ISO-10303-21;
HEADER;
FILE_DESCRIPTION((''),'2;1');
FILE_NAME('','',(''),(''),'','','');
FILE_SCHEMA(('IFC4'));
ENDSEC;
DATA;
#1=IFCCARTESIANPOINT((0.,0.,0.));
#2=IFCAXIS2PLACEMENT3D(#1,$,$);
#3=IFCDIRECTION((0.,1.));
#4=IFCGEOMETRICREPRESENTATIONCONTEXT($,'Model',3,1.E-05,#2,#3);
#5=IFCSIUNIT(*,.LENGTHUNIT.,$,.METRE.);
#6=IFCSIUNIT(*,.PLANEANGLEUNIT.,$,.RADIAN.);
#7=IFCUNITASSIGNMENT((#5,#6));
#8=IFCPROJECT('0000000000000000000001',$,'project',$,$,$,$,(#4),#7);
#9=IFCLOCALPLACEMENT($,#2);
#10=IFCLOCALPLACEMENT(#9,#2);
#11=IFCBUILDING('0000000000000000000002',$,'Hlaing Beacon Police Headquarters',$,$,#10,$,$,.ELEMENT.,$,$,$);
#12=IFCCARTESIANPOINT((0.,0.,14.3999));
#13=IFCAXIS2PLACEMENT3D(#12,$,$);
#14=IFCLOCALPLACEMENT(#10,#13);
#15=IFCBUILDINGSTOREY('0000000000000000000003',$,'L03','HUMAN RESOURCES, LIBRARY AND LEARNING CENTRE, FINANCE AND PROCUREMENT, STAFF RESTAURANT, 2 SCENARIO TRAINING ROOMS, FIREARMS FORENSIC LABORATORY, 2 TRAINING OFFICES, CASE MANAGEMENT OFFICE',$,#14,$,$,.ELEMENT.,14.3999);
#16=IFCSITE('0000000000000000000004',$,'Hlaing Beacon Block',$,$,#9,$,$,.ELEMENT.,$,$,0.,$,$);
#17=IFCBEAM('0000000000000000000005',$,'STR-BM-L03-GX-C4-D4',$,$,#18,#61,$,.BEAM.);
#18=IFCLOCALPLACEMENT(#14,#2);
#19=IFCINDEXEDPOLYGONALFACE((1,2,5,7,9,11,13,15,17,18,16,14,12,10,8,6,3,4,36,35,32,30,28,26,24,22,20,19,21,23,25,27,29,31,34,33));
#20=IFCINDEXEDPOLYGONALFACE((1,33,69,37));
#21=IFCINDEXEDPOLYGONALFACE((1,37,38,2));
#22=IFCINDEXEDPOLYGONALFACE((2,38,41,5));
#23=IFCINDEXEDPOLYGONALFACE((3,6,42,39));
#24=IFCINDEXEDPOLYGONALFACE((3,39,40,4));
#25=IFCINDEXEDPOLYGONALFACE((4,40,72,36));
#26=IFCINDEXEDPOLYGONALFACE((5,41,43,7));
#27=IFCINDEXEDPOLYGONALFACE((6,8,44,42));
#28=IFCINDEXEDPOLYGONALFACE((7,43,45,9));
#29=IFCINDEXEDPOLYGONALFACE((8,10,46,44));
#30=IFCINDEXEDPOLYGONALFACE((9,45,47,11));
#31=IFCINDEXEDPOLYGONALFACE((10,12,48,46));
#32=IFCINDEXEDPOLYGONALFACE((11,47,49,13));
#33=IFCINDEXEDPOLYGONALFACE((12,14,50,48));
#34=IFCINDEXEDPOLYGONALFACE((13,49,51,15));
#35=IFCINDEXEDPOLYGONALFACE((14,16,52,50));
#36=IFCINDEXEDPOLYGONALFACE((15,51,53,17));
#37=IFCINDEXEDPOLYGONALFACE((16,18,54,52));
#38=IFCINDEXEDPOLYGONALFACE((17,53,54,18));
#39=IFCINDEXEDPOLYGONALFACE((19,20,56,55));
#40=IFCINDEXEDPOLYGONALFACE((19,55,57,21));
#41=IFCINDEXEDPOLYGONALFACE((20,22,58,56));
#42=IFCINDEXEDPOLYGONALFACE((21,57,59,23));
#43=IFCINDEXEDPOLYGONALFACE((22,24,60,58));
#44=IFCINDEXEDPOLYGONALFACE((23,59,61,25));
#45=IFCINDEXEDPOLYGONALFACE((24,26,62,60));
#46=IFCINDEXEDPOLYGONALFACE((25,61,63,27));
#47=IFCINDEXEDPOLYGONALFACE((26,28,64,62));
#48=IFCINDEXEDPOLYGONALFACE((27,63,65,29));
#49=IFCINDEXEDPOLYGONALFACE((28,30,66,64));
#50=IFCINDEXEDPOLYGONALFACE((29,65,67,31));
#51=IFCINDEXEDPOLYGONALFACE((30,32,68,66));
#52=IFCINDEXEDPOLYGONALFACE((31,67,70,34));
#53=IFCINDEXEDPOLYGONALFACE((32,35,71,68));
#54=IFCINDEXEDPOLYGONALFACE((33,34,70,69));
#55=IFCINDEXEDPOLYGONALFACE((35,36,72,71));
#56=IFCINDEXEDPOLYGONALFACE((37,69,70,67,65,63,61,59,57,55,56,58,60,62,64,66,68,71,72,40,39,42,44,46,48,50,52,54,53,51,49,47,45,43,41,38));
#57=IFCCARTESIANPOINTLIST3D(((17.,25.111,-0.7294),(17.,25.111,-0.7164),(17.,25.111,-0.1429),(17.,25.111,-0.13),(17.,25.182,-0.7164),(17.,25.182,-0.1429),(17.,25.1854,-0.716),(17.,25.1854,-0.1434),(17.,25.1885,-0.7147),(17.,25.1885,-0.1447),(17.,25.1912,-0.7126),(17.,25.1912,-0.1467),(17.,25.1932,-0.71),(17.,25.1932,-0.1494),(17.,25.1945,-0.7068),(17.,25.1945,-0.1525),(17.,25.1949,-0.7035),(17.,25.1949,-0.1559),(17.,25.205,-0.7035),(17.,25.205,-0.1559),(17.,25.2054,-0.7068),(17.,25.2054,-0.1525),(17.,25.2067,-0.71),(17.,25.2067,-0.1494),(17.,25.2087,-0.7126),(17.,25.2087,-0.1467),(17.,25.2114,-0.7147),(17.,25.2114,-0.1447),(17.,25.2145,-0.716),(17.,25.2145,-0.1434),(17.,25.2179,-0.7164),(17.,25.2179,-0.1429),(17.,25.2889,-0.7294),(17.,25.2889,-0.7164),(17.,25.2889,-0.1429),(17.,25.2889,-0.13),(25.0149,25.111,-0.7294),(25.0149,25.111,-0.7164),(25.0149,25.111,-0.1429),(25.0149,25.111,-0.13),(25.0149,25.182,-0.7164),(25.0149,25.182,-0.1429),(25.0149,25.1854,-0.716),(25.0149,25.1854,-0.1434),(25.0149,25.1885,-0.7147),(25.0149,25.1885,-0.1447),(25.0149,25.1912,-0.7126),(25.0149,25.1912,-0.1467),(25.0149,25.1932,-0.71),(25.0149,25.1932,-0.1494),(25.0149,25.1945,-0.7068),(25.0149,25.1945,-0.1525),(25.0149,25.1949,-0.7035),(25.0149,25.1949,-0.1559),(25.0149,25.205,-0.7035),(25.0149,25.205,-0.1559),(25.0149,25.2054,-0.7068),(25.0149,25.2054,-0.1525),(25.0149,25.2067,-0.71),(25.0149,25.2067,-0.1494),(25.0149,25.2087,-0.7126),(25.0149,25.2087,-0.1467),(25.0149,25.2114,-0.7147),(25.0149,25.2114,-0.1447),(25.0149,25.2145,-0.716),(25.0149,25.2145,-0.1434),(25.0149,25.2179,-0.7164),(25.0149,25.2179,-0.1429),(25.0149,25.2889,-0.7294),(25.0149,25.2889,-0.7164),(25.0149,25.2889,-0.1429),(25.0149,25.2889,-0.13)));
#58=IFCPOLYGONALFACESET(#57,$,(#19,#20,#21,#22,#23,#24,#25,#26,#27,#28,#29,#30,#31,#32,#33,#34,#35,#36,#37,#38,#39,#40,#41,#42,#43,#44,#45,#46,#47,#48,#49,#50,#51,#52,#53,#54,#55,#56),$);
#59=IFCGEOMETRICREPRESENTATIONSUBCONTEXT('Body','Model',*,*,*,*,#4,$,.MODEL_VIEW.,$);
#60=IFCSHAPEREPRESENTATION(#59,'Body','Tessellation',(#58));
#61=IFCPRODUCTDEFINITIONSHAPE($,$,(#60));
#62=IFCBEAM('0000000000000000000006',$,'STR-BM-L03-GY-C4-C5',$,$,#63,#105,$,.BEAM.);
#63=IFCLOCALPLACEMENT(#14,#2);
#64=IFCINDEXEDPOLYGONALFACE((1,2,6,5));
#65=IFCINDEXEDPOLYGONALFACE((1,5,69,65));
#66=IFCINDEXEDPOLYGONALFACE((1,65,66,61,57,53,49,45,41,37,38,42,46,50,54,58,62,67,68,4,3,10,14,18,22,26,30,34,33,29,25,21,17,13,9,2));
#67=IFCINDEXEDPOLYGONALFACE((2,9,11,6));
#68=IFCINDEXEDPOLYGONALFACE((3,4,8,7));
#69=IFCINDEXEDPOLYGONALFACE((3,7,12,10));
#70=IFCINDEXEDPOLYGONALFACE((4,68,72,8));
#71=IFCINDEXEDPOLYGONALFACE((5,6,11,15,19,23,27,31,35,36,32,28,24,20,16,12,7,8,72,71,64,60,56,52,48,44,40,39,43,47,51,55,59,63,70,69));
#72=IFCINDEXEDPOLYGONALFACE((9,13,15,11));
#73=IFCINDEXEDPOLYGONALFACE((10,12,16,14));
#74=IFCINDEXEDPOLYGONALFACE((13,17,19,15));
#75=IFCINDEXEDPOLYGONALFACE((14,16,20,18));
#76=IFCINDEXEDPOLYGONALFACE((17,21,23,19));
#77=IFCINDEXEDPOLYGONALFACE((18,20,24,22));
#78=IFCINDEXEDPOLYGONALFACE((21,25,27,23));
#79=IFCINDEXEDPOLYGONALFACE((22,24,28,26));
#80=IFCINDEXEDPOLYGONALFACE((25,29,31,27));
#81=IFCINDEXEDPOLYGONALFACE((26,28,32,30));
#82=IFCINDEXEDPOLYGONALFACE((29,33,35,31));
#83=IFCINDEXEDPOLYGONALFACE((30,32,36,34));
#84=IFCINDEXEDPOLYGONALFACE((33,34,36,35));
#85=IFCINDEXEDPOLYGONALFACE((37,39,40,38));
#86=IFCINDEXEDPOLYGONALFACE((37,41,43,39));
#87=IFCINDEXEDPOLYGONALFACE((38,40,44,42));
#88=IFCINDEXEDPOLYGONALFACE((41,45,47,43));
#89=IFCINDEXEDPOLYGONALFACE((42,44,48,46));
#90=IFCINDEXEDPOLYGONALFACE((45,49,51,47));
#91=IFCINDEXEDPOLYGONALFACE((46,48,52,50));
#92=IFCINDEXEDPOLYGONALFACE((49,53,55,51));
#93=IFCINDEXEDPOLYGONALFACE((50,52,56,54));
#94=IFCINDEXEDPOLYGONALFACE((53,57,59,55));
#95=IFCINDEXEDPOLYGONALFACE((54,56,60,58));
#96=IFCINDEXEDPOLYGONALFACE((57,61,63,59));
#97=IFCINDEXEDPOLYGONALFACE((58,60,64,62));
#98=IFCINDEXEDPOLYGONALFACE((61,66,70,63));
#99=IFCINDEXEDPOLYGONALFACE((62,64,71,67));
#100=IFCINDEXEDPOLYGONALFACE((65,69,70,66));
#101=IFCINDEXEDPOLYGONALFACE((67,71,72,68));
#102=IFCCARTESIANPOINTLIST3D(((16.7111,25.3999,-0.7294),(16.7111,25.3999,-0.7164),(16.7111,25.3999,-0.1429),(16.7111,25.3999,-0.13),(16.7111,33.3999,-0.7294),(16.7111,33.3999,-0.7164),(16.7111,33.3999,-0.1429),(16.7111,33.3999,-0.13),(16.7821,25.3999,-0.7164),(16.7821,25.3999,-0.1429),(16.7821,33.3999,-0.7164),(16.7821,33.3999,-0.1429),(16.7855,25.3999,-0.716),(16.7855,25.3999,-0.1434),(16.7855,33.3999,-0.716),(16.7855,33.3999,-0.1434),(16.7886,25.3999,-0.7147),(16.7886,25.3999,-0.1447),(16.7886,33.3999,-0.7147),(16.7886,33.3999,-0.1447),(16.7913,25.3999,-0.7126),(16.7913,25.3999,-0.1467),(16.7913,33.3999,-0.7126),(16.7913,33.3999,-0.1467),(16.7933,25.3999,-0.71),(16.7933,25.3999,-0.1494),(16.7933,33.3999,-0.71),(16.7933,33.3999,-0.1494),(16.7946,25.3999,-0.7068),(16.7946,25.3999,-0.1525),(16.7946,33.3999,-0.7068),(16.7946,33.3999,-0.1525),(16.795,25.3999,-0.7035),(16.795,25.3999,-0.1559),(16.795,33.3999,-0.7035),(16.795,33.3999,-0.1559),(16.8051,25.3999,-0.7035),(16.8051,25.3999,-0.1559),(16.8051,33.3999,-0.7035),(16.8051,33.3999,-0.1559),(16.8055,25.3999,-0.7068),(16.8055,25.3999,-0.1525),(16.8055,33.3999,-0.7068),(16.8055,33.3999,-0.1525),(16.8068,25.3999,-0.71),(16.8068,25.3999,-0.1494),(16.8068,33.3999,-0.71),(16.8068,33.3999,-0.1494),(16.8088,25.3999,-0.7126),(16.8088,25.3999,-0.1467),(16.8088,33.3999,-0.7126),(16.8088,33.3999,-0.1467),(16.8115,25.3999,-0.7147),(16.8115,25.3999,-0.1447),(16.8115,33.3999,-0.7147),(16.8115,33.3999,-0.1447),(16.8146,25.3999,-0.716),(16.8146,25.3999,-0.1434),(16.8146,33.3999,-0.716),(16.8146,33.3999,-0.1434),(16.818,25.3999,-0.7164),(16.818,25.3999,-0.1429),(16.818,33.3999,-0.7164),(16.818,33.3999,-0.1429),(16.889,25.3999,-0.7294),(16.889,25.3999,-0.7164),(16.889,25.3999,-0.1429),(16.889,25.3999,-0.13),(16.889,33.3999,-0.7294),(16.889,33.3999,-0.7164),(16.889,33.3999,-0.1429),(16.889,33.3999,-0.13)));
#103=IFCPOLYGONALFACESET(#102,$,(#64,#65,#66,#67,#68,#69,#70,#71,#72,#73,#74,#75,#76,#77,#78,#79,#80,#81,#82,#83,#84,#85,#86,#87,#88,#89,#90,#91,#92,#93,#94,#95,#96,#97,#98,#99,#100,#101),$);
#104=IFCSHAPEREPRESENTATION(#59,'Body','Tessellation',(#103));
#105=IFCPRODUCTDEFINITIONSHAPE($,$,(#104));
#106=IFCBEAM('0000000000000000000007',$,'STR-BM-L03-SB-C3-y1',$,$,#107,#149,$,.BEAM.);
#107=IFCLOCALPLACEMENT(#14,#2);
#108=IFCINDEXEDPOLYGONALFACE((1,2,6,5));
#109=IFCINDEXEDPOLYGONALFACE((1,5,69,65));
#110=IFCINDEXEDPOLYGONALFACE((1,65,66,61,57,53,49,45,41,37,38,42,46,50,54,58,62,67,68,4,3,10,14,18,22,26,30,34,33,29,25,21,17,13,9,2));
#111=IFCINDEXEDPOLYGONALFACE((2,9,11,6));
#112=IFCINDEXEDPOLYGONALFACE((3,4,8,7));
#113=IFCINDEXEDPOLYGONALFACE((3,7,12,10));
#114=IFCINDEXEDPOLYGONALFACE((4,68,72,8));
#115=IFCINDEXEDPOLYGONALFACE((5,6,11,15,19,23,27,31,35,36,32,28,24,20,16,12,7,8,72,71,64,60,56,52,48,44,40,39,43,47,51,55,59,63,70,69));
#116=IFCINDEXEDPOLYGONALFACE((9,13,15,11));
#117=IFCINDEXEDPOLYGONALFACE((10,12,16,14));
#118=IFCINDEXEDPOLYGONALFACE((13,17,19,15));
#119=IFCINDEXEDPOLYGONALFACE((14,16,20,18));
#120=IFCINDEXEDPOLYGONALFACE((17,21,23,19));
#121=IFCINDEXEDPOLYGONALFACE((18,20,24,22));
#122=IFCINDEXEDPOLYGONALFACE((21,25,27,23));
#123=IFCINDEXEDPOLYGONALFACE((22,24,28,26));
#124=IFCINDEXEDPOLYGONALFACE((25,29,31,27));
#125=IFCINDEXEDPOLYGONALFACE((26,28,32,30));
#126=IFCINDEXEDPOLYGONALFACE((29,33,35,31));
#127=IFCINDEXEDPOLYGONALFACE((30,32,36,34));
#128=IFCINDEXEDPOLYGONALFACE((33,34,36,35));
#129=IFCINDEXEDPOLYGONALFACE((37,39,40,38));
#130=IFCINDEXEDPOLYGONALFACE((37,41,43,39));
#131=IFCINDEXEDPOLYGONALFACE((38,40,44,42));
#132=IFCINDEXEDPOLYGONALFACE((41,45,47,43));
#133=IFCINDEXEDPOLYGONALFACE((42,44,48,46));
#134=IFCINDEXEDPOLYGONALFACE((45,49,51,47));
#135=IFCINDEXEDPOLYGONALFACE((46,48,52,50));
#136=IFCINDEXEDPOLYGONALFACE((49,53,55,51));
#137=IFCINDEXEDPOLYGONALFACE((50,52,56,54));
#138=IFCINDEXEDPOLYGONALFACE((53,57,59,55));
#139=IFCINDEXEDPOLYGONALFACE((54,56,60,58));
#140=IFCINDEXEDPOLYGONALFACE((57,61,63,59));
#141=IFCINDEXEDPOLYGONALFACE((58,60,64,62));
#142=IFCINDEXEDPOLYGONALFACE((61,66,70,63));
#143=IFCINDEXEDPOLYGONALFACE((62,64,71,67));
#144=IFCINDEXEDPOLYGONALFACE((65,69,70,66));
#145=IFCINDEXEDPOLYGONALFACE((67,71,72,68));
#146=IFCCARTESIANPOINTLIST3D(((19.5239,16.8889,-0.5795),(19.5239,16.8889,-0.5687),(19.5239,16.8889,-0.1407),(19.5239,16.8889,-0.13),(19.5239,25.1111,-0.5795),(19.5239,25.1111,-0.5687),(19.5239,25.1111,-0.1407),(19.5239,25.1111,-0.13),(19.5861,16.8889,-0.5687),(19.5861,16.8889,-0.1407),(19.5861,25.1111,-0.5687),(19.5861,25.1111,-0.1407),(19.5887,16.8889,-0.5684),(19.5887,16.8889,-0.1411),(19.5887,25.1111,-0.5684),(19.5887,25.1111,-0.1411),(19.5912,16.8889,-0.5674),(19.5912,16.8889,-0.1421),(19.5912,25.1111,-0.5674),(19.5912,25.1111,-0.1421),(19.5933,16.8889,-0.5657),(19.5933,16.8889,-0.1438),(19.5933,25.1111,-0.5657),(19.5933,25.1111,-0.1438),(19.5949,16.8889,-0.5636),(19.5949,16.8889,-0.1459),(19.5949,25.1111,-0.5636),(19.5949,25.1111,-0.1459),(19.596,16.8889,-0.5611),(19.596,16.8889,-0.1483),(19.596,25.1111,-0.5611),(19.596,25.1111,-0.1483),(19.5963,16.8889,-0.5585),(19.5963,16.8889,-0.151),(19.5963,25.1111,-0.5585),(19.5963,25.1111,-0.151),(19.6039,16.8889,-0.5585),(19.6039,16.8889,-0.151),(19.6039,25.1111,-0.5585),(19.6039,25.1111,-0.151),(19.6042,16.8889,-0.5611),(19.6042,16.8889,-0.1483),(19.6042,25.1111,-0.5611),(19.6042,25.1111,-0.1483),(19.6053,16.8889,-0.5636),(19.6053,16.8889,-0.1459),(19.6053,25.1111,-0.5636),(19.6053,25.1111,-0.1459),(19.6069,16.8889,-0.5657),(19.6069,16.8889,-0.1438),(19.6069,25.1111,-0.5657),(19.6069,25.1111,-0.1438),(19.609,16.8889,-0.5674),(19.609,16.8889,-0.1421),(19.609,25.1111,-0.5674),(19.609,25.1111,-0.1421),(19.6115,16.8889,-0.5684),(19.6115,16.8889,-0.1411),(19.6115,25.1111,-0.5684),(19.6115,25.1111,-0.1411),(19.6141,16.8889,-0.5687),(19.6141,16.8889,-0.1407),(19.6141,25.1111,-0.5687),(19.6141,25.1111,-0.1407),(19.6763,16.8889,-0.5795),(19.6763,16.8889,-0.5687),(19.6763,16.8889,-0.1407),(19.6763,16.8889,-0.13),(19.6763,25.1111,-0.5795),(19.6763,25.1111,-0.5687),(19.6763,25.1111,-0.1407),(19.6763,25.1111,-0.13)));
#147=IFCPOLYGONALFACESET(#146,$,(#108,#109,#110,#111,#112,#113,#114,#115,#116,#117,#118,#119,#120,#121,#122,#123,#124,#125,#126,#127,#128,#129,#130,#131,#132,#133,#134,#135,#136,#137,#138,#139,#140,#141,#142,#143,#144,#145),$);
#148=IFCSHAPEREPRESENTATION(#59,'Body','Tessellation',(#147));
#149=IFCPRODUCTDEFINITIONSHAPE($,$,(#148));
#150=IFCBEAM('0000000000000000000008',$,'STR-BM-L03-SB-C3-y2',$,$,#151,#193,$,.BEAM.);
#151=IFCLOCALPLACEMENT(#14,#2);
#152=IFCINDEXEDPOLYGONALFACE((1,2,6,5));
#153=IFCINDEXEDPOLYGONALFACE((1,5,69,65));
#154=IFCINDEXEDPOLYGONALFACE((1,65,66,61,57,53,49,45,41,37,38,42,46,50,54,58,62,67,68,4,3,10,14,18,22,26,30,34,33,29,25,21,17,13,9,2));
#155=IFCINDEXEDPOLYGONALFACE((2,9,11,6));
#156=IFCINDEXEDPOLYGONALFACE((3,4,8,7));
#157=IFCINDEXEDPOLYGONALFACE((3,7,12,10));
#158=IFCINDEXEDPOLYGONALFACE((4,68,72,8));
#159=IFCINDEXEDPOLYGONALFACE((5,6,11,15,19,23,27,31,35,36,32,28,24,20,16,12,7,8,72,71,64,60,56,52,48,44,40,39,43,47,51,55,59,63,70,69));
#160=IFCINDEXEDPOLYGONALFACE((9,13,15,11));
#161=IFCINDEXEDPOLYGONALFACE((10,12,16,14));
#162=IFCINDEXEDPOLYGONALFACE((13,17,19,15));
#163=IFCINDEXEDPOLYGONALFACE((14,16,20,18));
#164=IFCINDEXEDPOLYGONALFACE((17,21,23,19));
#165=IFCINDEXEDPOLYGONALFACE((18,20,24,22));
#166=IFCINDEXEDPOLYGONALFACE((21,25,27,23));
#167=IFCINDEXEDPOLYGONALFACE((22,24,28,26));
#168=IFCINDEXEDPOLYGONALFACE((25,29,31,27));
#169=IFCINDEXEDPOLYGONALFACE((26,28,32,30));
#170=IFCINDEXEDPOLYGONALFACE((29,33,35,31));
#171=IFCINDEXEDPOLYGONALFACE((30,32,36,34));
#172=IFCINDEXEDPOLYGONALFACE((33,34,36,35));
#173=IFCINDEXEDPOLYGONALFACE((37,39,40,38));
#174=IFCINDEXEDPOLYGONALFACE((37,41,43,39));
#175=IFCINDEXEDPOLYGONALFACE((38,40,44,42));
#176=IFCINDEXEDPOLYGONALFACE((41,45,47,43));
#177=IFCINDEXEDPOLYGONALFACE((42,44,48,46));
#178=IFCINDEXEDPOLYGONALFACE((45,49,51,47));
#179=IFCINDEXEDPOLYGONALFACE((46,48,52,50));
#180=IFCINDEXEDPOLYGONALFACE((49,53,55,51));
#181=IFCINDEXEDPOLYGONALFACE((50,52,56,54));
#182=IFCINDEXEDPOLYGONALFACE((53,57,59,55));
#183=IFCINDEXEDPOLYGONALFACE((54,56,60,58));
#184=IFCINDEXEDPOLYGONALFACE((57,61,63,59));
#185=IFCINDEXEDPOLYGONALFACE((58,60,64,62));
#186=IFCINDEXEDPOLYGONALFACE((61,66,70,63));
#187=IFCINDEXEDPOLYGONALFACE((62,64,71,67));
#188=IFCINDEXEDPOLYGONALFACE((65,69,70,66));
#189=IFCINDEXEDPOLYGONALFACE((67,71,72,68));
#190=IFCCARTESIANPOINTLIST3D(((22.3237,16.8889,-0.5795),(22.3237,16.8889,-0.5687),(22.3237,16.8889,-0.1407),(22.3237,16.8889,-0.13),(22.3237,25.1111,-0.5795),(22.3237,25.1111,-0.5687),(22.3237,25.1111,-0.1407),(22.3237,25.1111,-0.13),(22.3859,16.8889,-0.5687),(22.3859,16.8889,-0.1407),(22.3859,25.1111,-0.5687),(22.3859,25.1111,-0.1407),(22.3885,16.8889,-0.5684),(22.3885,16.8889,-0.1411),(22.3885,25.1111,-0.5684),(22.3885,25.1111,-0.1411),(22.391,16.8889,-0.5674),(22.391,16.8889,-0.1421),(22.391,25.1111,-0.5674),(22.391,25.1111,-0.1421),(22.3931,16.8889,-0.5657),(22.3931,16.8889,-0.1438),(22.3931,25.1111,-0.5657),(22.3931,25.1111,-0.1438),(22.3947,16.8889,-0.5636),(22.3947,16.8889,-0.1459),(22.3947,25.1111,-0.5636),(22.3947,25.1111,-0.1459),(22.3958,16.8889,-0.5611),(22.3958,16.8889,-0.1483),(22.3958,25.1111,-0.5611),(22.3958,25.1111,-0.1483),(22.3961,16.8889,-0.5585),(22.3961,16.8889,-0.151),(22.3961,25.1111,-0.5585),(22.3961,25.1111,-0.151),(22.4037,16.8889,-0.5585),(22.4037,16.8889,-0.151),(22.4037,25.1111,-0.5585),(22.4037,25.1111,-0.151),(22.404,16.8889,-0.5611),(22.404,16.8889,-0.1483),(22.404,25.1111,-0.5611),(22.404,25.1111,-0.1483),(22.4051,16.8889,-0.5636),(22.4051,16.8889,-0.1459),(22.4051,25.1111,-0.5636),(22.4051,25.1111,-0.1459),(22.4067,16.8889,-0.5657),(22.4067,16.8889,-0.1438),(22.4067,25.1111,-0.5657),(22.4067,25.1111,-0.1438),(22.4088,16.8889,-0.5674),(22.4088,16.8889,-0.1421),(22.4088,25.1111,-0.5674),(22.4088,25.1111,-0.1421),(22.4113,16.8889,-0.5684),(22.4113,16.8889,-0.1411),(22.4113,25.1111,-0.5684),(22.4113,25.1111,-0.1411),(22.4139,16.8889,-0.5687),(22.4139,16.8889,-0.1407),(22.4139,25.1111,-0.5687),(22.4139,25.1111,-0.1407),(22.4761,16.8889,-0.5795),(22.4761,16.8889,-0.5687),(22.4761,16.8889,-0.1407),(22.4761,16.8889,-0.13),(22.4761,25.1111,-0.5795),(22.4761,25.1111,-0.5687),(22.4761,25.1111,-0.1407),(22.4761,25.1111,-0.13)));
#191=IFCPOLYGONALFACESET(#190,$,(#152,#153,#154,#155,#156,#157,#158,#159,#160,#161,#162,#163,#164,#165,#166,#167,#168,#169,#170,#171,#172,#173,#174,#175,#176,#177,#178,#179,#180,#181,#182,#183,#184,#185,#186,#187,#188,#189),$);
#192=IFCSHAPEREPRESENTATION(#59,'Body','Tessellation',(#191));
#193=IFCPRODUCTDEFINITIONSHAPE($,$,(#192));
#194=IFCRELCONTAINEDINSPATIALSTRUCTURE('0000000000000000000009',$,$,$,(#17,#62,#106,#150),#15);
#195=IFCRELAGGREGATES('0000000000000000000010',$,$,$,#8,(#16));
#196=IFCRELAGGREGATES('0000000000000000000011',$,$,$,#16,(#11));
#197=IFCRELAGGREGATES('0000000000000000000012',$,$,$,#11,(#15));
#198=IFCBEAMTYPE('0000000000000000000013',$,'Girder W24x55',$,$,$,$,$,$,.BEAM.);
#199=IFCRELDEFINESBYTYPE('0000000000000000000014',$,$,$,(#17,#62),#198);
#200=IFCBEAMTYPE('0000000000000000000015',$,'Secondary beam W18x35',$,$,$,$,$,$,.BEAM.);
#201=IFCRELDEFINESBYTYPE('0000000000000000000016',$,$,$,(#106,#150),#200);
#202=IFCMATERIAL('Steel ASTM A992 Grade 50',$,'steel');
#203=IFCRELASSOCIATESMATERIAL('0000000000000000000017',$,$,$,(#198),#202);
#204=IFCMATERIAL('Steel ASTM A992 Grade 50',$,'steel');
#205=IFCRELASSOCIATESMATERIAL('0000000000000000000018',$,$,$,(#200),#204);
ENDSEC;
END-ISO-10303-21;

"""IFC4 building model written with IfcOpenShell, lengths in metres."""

from ifc_helpers import new_model, si_unit, direction, frame, origin, origin_2d, place, context, subcontext, project, spatial, i_section, extrude, material, material_profile, profile_set, type_object, element, save


model = new_model("IFC4")

# Units and contexts
model_context = context("Model", 3, precision=1e-05, world=origin(), true_north=direction((0.0, 1.0)))
body_context = subcontext(model_context, "Body", "Model", "MODEL_VIEW")
ifc_project = project(units=[si_unit("LENGTHUNIT", "METRE"), si_unit("PLANEANGLEUNIT", "RADIAN")], contexts=[model_context])

# Site, building, storey
site_placement = place(None, origin())
site = spatial("IfcSite", under=ifc_project, at=site_placement, Name="Hlaing Beacon Block", CompositionType="ELEMENT", RefElevation=0.0)
building_placement = place(site_placement, origin())
building = spatial("IfcBuilding", under=site, at=building_placement, Name="Hlaing Beacon Police Headquarters", CompositionType="ELEMENT")
storey_placement = place(building_placement, frame((0.0, 0.0, 14.3999)))
storey = spatial("IfcBuildingStorey", under=building, at=storey_placement, Name="L03", Description="HUMAN RESOURCES, LIBRARY AND LEARNING CENTRE, FINANCE AND PROCUREMENT, STAFF RESTAURANT, 2 SCENARIO TRAINING ROOMS, FIREARMS FORENSIC LABORATORY, 2 TRAINING OFFICES, CASE MANAGEMENT OFFICE", CompositionType="ELEMENT", Elevation=14.3999)

# Beams
ifc_material_1 = material(Name="Steel ASTM A992 Grade 50", Category="steel")
ifc_material_profile_1 = material_profile(ifc_material_1, i_section(OverallWidth=0.178, OverallDepth=0.5994, WebThickness=0.01, FlangeThickness=0.0129, FilletRadius=0.0129, at=origin_2d()), Name="W24x55")
ifc_profile_set_1 = profile_set([ifc_material_profile_1], Name="Steel ASTM A992 Grade 50")
beam_type_1 = type_object("IfcBeamType", Name="Girder W24x55", PredefinedType="BEAM", material=ifc_profile_set_1)
beam_1_placement = place(storey_placement, frame((17.0, 25.2, -0.4297), z_axis=(1.0, 0.0, 0.0), x_axis=(0.0, 1.0, 0.0)))
element("IfcBeam", 1, at=beam_1_placement, inside=storey, type_object=beam_type_1, Name="STR-BM-L03-GX-C4-D4", PredefinedType="BEAM", context=body_context, shape_type="SweptSolid", body=[
    extrude(i_section(OverallWidth=0.178, OverallDepth=0.5994, WebThickness=0.01, FlangeThickness=0.0129, FilletRadius=0.0129, at=origin_2d()), origin(), (0.0, 0.0, 1.0), 8.0149),
])
beam_2_placement = place(storey_placement, frame((16.8, 25.3999, -0.4297), z_axis=(0.0, 1.0, 0.0), x_axis=(-1.0, 0.0, 0.0)))
element("IfcBeam", 2, at=beam_2_placement, inside=storey, type_object=beam_type_1, Name="STR-BM-L03-GY-C4-C5", PredefinedType="BEAM", context=body_context, shape_type="SweptSolid", body=[
    extrude(i_section(OverallWidth=0.178, OverallDepth=0.5994, WebThickness=0.01, FlangeThickness=0.0129, FilletRadius=0.0129, at=origin_2d()), origin(), (0.0, 0.0, 1.0), 8.0),
])
ifc_material_2 = material(Name="Steel ASTM A992 Grade 50", Category="steel")
ifc_material_profile_2 = material_profile(ifc_material_2, i_section(OverallWidth=0.1523, OverallDepth=0.4495, WebThickness=0.0076, FlangeThickness=0.0107, FilletRadius=0.0103, at=origin_2d()), Name="W18x35")
ifc_profile_set_2 = profile_set([ifc_material_profile_2], Name="Steel ASTM A992 Grade 50")
beam_type_2 = type_object("IfcBeamType", Name="Secondary beam W18x35", PredefinedType="BEAM", material=ifc_profile_set_2)
for number, where, z_axis, x_axis, name in (
    (3, (19.6001, 16.8889, -0.3547), (0.0, 1.0, 0.0), (-1.0, 0.0, 0.0), "STR-BM-L03-SB-C3-y1"),
    (4, (22.3999, 16.8889, -0.3547), (0.0, 1.0, 0.0), (-1.0, 0.0, 0.0), "STR-BM-L03-SB-C3-y2"),
):
    element("IfcBeam", number, at=place(storey_placement, frame(where, z_axis=z_axis, x_axis=x_axis)), inside=storey, type_object=beam_type_2, Name=name, PredefinedType="BEAM", context=body_context, shape_type="SweptSolid", body=[
        extrude(i_section(OverallWidth=0.1523, OverallDepth=0.4495, WebThickness=0.0076, FlangeThickness=0.0107, FilletRadius=0.0103, at=origin_2d()), origin(), (0.0, 0.0, 1.0), 8.2222),
    ])

save(model, "model.ifc")
